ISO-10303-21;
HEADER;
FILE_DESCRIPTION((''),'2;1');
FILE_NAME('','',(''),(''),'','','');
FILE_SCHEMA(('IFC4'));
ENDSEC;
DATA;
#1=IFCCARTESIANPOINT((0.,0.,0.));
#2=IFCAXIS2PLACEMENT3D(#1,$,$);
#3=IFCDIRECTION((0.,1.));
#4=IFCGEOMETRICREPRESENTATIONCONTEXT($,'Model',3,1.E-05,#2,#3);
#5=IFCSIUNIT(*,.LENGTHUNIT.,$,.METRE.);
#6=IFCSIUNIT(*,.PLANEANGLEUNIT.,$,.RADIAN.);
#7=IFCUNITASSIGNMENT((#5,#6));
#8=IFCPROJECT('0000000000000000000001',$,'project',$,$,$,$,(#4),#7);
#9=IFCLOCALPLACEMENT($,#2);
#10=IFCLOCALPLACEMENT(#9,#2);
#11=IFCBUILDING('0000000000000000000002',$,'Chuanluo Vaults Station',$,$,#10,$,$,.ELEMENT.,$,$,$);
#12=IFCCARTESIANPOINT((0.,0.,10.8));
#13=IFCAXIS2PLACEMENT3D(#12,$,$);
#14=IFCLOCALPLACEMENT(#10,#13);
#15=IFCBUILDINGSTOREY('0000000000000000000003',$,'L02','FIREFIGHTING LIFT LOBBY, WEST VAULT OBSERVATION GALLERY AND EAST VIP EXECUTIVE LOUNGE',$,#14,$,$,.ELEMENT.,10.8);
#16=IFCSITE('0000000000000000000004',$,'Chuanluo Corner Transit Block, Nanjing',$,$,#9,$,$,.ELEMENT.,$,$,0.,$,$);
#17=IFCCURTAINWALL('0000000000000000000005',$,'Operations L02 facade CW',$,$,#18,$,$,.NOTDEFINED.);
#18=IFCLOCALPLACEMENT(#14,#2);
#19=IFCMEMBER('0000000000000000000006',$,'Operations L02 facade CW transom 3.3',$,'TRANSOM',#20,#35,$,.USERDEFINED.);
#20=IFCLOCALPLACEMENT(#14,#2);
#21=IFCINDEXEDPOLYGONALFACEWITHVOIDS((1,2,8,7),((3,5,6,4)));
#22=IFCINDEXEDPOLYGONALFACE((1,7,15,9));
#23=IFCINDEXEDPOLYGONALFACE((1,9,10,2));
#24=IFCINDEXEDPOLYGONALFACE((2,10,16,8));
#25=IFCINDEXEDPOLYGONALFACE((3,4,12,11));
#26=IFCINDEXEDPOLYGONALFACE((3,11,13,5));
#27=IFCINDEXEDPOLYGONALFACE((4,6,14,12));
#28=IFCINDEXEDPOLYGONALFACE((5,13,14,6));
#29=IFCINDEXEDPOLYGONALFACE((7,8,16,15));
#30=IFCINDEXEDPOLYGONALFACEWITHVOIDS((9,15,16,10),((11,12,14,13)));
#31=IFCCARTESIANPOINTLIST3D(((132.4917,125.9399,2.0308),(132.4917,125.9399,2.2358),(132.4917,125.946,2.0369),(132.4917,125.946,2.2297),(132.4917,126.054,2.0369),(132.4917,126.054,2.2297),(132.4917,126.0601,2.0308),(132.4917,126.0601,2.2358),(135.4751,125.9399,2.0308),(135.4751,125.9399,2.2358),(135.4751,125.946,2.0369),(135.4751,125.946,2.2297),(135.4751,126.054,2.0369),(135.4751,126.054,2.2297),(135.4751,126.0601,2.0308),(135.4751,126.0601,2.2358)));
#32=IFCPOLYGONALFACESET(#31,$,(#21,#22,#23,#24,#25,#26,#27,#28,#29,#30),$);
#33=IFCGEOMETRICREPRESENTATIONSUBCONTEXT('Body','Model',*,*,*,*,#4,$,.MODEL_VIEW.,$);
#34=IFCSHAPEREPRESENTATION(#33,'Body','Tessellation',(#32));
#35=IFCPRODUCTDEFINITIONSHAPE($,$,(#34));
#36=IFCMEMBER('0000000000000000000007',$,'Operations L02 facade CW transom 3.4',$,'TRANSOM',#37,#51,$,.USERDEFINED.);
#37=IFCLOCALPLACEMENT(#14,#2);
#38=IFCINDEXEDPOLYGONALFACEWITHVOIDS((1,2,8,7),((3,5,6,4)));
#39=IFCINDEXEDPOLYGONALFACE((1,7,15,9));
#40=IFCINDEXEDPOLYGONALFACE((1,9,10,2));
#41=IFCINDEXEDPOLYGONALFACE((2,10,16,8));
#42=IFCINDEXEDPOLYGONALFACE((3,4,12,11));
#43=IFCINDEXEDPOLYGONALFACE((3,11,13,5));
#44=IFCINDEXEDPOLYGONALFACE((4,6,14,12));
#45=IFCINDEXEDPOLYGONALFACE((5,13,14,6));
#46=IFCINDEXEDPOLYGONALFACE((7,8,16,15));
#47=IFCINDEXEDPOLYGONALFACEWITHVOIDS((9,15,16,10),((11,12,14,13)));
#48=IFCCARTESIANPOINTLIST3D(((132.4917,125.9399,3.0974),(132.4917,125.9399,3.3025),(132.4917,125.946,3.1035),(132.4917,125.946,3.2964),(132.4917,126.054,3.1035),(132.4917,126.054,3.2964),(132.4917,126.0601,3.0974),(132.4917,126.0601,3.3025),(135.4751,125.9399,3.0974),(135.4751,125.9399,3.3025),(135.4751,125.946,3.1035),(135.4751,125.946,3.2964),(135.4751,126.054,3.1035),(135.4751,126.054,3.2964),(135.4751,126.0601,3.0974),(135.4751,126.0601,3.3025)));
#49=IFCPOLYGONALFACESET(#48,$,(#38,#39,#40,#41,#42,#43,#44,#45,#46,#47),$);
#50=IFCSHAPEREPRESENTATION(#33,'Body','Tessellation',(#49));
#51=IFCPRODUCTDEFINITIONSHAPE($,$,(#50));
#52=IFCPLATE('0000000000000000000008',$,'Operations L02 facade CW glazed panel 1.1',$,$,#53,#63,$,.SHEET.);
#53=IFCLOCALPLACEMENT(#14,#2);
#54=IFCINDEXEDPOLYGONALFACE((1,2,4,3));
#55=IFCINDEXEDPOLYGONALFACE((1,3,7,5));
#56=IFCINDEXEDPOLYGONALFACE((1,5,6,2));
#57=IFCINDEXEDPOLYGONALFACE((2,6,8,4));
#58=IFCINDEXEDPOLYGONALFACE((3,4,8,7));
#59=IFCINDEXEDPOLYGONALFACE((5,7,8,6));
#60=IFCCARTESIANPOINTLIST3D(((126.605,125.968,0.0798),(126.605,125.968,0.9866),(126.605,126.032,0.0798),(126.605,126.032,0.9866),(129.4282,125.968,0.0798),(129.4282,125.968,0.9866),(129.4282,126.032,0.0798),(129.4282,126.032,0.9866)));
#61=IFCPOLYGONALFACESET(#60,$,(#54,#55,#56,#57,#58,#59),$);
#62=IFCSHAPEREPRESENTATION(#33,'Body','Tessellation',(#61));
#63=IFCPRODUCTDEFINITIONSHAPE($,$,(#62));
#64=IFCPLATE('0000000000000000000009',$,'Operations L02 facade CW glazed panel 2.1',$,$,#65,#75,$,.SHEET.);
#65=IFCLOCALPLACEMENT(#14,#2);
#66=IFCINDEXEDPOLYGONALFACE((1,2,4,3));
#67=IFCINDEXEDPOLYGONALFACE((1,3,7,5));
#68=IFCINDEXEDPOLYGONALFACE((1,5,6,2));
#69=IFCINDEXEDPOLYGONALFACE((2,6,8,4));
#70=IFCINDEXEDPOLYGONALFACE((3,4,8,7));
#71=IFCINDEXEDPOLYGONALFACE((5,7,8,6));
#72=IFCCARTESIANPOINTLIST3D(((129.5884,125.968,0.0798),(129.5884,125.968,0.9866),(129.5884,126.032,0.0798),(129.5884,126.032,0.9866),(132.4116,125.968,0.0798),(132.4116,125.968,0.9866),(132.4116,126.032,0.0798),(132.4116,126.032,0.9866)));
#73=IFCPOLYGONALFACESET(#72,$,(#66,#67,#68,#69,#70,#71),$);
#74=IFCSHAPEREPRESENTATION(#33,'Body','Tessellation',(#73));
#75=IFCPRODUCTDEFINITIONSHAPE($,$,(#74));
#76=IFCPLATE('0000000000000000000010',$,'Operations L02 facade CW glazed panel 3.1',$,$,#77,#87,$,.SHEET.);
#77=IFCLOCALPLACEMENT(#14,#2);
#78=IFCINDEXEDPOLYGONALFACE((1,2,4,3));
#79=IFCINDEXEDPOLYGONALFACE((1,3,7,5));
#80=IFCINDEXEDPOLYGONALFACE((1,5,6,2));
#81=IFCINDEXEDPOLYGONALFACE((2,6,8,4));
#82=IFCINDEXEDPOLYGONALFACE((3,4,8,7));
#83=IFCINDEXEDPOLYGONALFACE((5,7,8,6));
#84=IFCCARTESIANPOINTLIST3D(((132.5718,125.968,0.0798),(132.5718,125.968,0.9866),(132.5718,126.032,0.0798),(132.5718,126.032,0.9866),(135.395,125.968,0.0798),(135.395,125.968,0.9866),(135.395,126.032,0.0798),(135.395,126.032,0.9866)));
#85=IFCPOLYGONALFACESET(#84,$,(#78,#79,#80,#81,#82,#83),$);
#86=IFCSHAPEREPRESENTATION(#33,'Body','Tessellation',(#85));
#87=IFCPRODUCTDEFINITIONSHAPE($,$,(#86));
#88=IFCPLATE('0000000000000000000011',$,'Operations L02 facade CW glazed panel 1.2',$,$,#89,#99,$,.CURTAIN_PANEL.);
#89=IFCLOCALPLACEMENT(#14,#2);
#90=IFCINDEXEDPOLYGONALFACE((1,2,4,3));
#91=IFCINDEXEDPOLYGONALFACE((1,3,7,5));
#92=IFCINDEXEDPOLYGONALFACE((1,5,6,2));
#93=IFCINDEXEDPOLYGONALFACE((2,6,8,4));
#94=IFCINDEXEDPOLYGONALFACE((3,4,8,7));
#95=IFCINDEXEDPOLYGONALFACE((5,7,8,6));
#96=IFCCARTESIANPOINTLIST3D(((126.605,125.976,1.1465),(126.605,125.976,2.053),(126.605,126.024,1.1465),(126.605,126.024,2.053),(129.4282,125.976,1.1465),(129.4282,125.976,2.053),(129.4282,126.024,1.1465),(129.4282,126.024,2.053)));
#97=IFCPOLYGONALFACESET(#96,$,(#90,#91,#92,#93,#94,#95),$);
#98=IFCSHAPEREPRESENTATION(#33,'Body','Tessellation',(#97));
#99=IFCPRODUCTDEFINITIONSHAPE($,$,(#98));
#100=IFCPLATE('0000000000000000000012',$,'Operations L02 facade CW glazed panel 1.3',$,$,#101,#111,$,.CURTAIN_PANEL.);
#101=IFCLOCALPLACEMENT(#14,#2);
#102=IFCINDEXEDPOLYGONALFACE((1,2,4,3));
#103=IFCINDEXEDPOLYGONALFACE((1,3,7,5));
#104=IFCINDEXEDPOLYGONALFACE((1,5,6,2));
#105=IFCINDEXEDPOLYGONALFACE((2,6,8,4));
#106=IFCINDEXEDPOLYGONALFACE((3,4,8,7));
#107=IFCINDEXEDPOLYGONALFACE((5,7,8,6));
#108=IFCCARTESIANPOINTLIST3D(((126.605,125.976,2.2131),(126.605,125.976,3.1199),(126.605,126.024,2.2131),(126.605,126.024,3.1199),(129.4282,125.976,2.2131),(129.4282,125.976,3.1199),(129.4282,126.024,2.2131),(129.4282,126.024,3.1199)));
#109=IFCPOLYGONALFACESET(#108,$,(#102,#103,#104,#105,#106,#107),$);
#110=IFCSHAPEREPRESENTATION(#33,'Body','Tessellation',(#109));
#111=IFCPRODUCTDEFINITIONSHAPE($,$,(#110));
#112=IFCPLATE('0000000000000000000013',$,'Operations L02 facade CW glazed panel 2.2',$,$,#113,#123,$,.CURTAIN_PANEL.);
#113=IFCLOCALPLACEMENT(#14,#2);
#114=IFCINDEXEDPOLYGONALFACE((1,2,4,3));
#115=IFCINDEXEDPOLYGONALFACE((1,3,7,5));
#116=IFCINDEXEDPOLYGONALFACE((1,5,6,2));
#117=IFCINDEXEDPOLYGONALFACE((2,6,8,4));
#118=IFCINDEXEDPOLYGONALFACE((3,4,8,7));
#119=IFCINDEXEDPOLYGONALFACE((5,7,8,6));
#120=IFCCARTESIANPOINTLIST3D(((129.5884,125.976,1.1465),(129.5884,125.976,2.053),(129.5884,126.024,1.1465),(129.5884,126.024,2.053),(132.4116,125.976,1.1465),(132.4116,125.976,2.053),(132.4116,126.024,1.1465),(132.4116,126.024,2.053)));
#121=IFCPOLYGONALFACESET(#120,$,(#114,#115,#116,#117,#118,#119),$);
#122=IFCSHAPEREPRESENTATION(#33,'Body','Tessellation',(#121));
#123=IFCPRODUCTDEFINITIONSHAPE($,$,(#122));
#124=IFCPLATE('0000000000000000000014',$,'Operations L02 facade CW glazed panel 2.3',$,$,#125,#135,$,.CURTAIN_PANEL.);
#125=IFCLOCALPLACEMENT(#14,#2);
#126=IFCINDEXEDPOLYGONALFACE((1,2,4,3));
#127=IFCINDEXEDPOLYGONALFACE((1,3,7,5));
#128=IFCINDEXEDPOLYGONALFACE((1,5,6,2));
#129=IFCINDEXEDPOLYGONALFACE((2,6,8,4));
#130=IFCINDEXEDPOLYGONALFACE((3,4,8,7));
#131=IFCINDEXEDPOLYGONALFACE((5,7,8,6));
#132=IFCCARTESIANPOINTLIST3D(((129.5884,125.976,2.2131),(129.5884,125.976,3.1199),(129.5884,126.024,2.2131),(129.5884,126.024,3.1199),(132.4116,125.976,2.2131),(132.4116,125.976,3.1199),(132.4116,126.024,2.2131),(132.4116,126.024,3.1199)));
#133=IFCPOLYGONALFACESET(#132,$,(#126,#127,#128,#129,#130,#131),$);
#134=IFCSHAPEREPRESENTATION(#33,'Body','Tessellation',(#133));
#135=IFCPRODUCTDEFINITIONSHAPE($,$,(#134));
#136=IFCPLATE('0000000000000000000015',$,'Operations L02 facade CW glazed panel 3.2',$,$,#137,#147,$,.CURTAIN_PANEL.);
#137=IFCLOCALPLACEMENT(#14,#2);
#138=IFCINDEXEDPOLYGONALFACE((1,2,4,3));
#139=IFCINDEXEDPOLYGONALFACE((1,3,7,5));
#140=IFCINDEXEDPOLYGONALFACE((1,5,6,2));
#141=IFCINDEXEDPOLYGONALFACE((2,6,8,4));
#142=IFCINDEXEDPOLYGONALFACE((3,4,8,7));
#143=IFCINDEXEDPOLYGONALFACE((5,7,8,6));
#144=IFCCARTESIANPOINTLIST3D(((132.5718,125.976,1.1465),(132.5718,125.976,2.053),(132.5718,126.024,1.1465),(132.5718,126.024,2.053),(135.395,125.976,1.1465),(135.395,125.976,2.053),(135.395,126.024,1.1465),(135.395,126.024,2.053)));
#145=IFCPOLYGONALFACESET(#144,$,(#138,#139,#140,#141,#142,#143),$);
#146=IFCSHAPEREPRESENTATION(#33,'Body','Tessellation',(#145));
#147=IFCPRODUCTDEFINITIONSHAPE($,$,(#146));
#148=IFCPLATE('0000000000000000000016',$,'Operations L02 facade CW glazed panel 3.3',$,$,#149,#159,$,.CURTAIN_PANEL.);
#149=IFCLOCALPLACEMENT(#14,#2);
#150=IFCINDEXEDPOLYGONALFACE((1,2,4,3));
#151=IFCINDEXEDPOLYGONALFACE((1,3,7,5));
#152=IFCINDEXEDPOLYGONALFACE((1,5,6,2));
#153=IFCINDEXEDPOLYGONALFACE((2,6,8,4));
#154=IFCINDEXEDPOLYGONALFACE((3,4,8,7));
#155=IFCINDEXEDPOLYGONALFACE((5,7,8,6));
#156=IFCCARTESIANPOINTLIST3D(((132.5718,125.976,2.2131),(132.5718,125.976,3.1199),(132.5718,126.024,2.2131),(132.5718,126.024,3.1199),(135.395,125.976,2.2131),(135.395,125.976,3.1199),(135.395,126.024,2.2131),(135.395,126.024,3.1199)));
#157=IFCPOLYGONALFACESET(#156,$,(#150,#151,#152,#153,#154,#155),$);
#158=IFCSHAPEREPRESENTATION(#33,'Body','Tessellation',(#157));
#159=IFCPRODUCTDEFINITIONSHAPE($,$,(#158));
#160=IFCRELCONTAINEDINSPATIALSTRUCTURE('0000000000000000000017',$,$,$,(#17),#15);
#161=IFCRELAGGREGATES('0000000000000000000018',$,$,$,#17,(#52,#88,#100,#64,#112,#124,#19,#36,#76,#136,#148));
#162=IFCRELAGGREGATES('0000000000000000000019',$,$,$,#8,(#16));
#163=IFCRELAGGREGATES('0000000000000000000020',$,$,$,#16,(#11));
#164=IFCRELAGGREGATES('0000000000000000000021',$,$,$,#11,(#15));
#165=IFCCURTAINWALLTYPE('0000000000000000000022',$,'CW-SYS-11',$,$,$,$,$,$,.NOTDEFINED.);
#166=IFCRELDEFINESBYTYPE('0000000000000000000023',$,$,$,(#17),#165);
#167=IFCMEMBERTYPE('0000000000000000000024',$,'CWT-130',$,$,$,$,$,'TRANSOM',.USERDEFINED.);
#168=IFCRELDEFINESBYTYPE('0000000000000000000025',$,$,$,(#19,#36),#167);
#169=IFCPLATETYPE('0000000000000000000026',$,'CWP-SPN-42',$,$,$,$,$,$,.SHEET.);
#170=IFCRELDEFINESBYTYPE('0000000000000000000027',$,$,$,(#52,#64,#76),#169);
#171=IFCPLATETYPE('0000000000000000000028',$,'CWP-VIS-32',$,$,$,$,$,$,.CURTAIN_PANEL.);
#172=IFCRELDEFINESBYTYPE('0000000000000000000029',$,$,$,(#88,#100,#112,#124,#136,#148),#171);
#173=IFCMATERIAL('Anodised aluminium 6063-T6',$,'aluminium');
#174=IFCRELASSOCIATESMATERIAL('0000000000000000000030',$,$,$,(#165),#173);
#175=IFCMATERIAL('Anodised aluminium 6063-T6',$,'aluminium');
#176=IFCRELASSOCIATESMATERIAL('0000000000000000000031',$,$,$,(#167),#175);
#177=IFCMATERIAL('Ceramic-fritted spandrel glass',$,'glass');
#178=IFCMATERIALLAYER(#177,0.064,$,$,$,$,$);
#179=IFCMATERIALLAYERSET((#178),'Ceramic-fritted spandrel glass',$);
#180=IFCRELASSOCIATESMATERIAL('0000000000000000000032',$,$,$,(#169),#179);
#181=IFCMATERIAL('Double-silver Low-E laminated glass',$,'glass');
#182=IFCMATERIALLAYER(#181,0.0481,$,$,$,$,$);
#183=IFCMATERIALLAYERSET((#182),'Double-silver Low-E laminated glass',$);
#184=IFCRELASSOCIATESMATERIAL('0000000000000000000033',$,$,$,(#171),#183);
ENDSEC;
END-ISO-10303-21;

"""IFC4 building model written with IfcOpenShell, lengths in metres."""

from ifc_helpers import new_model, si_unit, direction, frame, origin, origin_2d, place, context, subcontext, project, spatial, rectangle, hollow_rectangle, extrude, material, layer, layer_set, material_profile, profile_set, type_object, element, aggregate, save


model = new_model("IFC4")

# Units and contexts
model_context = context("Model", 3, precision=1e-05, world=origin(), true_north=direction((0.0, 1.0)))
body_context = subcontext(model_context, "Body", "Model", "MODEL_VIEW")
ifc_project = project(units=[si_unit("LENGTHUNIT", "METRE"), si_unit("PLANEANGLEUNIT", "RADIAN")], contexts=[model_context])

# Site, building, storey
site_placement = place(None, origin())
site = spatial("IfcSite", under=ifc_project, at=site_placement, Name="Chuanluo Corner Transit Block, Nanjing", CompositionType="ELEMENT", RefElevation=0.0)
building_placement = place(site_placement, origin())
building = spatial("IfcBuilding", under=site, at=building_placement, Name="Chuanluo Vaults Station", CompositionType="ELEMENT")
storey_placement = place(building_placement, frame((0.0, 0.0, 10.8)))
storey = spatial("IfcBuildingStorey", under=building, at=storey_placement, Name="L02", Description="FIREFIGHTING LIFT LOBBY, WEST VAULT OBSERVATION GALLERY AND EAST VIP EXECUTIVE LOUNGE", CompositionType="ELEMENT", Elevation=10.8)

# Curtain wall, members, plates
ifc_material_1 = material(Name="Anodised aluminium 6063-T6", Category="aluminium")
curtain_wall_type = type_object("IfcCurtainWallType", Name="CW-SYS-11", PredefinedType="NOTDEFINED", material=ifc_material_1)
curtain_wall_placement = place(storey_placement, origin())
curtain_wall = element("IfcCurtainWall", 1, at=curtain_wall_placement, inside=storey, type_object=curtain_wall_type, Name="Operations L02 facade CW", PredefinedType="NOTDEFINED")
ifc_material_2 = material(Name="Anodised aluminium 6063-T6", Category="aluminium")
ifc_material_profile_1 = material_profile(ifc_material_2, hollow_rectangle(XDim=0.1201, YDim=0.2051, WallThickness=0.0061, at=origin_2d()))
ifc_profile_set_1 = profile_set([ifc_material_profile_1], Name="Anodised aluminium 6063-T6")
member_type_1 = type_object("IfcMemberType", Name="CWT-130", ElementType="TRANSOM", PredefinedType="USERDEFINED", material=ifc_profile_set_1)
member_1_placement = place(storey_placement, frame((132.4917, 126.0, 2.1333), z_axis=(1.0, 0.0, 0.0), x_axis=(0.0, 1.0, 0.0)))
member_1 = element("IfcMember", 2, at=member_1_placement, type_object=member_type_1, Name="Operations L02 facade CW transom 3.3", ObjectType="TRANSOM", PredefinedType="USERDEFINED", context=body_context, shape_type="SweptSolid", body=[
    extrude(hollow_rectangle(XDim=0.1201, YDim=0.2051, WallThickness=0.0061, at=origin_2d()), origin(), (0.0, 0.0, 1.0), 2.9834),
])
member_2_placement = place(storey_placement, frame((132.4917, 126.0, 3.2), z_axis=(1.0, 0.0, 0.0), x_axis=(0.0, 1.0, 0.0)))
member_2 = element("IfcMember", 3, at=member_2_placement, type_object=member_type_1, Name="Operations L02 facade CW transom 3.4", ObjectType="TRANSOM", PredefinedType="USERDEFINED", context=body_context, shape_type="SweptSolid", body=[
    extrude(hollow_rectangle(XDim=0.1201, YDim=0.2051, WallThickness=0.0061, at=origin_2d()), origin(), (0.0, 0.0, 1.0), 2.9834),
])
ifc_material_3 = material(Name="Ceramic-fritted spandrel glass", Category="glass")
ifc_layer_1 = layer(ifc_material_3, 0.064)
ifc_layer_set_1 = layer_set([ifc_layer_1], Name="Ceramic-fritted spandrel glass")
plate_type_1 = type_object("IfcPlateType", Name="CWP-SPN-42", PredefinedType="SHEET", material=ifc_layer_set_1)
plate_1_placement = place(storey_placement, frame((128.0166, 126.0, 0.0798), z_axis=(0.0, 0.0, 1.0), x_axis=(1.0, 0.0, 0.0)))
plate_1 = element("IfcPlate", 4, at=plate_1_placement, type_object=plate_type_1, Name="Operations L02 facade CW glazed panel 1.1", PredefinedType="SHEET", context=body_context, shape_type="SweptSolid", body=[
    extrude(rectangle(XDim=2.8232, YDim=0.064, at=origin_2d()), origin(), (0.0, 0.0, 1.0), 0.9067),
])
plate_2_placement = place(storey_placement, frame((131.0, 126.0, 0.0798), z_axis=(0.0, 0.0, 1.0), x_axis=(1.0, 0.0, 0.0)))
plate_2 = element("IfcPlate", 5, at=plate_2_placement, type_object=plate_type_1, Name="Operations L02 facade CW glazed panel 2.1", PredefinedType="SHEET", context=body_context, shape_type="SweptSolid", body=[
    extrude(rectangle(XDim=2.8232, YDim=0.064, at=origin_2d()), origin(), (0.0, 0.0, 1.0), 0.9067),
])
plate_3_placement = place(storey_placement, frame((133.9834, 126.0, 0.0798), z_axis=(0.0, 0.0, 1.0), x_axis=(1.0, 0.0, 0.0)))
plate_3 = element("IfcPlate", 6, at=plate_3_placement, type_object=plate_type_1, Name="Operations L02 facade CW glazed panel 3.1", PredefinedType="SHEET", context=body_context, shape_type="SweptSolid", body=[
    extrude(rectangle(XDim=2.8232, YDim=0.064, at=origin_2d()), origin(), (0.0, 0.0, 1.0), 0.9067),
])
ifc_material_4 = material(Name="Double-silver Low-E laminated glass", Category="glass")
ifc_layer_2 = layer(ifc_material_4, 0.0481)
ifc_layer_set_2 = layer_set([ifc_layer_2], Name="Double-silver Low-E laminated glass")
plate_type_2 = type_object("IfcPlateType", Name="CWP-VIS-32", PredefinedType="CURTAIN_PANEL", material=ifc_layer_set_2)
plate_4_placement = place(storey_placement, frame((128.0166, 126.0, 1.1465), z_axis=(0.0, 0.0, 1.0), x_axis=(1.0, 0.0, 0.0)))
plate_4 = element("IfcPlate", 7, at=plate_4_placement, type_object=plate_type_2, Name="Operations L02 facade CW glazed panel 1.2", PredefinedType="CURTAIN_PANEL", context=body_context, shape_type="SweptSolid", body=[
    extrude(rectangle(XDim=2.8232, YDim=0.0481, at=origin_2d()), origin(), (0.0, 0.0, 1.0), 0.9065),
])
plate_5_placement = place(storey_placement, frame((128.0166, 126.0, 2.2131), z_axis=(0.0, 0.0, 1.0), x_axis=(1.0, 0.0, 0.0)))
plate_5 = element("IfcPlate", 8, at=plate_5_placement, type_object=plate_type_2, Name="Operations L02 facade CW glazed panel 1.3", PredefinedType="CURTAIN_PANEL", context=body_context, shape_type="SweptSolid", body=[
    extrude(rectangle(XDim=2.8232, YDim=0.0481, at=origin_2d()), origin(), (0.0, 0.0, 1.0), 0.9067),
])
plate_6_placement = place(storey_placement, frame((131.0, 126.0, 1.1465), z_axis=(0.0, 0.0, 1.0), x_axis=(1.0, 0.0, 0.0)))
plate_6 = element("IfcPlate", 9, at=plate_6_placement, type_object=plate_type_2, Name="Operations L02 facade CW glazed panel 2.2", PredefinedType="CURTAIN_PANEL", context=body_context, shape_type="SweptSolid", body=[
    extrude(rectangle(XDim=2.8232, YDim=0.0481, at=origin_2d()), origin(), (0.0, 0.0, 1.0), 0.9065),
])
plate_7_placement = place(storey_placement, frame((131.0, 126.0, 2.2131), z_axis=(0.0, 0.0, 1.0), x_axis=(1.0, 0.0, 0.0)))
plate_7 = element("IfcPlate", 10, at=plate_7_placement, type_object=plate_type_2, Name="Operations L02 facade CW glazed panel 2.3", PredefinedType="CURTAIN_PANEL", context=body_context, shape_type="SweptSolid", body=[
    extrude(rectangle(XDim=2.8232, YDim=0.0481, at=origin_2d()), origin(), (0.0, 0.0, 1.0), 0.9067),
])
plate_8_placement = place(storey_placement, frame((133.9834, 126.0, 1.1465), z_axis=(0.0, 0.0, 1.0), x_axis=(1.0, 0.0, 0.0)))
plate_8 = element("IfcPlate", 11, at=plate_8_placement, type_object=plate_type_2, Name="Operations L02 facade CW glazed panel 3.2", PredefinedType="CURTAIN_PANEL", context=body_context, shape_type="SweptSolid", body=[
    extrude(rectangle(XDim=2.8232, YDim=0.0481, at=origin_2d()), origin(), (0.0, 0.0, 1.0), 0.9065),
])
plate_9_placement = place(storey_placement, frame((133.9834, 126.0, 2.2131), z_axis=(0.0, 0.0, 1.0), x_axis=(1.0, 0.0, 0.0)))
plate_9 = element("IfcPlate", 12, at=plate_9_placement, type_object=plate_type_2, Name="Operations L02 facade CW glazed panel 3.3", PredefinedType="CURTAIN_PANEL", context=body_context, shape_type="SweptSolid", body=[
    extrude(rectangle(XDim=2.8232, YDim=0.0481, at=origin_2d()), origin(), (0.0, 0.0, 1.0), 0.9067),
])
aggregate(curtain_wall, [plate_1, plate_4, plate_5, plate_2, plate_6, plate_7, member_1, member_2, plate_3, plate_8, plate_9])

save(model, "model.ifc")
